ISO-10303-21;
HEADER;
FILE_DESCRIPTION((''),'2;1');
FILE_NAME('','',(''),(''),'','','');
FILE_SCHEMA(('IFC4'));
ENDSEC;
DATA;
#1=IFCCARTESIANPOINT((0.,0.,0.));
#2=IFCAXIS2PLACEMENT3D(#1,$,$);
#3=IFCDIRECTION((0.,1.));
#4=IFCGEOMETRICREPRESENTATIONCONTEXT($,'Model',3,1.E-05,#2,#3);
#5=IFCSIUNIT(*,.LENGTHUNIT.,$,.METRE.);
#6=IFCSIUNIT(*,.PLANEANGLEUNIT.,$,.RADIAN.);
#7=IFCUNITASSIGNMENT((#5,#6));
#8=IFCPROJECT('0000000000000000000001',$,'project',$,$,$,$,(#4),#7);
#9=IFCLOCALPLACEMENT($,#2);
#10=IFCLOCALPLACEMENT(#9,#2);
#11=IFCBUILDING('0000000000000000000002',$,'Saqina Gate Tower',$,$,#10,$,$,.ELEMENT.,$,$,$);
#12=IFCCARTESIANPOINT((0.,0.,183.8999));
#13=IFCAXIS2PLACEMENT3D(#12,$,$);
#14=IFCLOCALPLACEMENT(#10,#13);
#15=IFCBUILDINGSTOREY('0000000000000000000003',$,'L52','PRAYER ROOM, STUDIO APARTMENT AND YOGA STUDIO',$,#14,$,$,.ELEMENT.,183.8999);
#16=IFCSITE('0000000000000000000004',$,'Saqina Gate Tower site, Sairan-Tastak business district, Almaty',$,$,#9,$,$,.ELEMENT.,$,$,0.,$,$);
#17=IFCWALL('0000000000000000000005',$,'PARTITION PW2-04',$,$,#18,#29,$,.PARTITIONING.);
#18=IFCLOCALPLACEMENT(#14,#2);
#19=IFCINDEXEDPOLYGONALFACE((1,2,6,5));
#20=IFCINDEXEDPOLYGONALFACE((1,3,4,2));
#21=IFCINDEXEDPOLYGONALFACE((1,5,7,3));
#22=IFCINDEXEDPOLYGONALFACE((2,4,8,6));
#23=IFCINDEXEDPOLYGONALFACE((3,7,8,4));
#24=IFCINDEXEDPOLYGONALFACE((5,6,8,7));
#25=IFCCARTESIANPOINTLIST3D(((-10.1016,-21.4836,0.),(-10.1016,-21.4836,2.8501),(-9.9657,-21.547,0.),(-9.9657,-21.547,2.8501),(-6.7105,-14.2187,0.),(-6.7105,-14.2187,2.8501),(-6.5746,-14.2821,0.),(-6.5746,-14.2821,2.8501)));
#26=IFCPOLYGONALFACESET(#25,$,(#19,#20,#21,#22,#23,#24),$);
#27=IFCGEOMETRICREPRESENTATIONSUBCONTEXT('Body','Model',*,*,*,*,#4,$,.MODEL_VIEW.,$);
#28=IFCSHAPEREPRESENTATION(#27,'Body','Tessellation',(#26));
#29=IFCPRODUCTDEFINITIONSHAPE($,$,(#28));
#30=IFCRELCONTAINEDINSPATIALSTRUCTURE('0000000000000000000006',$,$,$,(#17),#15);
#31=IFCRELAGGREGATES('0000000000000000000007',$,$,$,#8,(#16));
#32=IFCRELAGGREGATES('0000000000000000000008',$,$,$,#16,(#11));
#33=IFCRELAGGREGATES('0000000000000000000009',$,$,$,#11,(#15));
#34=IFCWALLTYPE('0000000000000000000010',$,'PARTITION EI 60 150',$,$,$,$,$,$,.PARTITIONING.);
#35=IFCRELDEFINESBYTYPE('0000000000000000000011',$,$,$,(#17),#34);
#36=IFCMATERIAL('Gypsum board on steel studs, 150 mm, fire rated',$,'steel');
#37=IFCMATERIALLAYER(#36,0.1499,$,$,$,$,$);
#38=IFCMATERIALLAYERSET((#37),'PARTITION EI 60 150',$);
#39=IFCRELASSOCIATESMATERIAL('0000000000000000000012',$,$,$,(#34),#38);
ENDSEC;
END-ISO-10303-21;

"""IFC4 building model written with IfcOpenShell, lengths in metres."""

from ifc_helpers import new_model, si_unit, direction, frame, frame_2d, origin, place, context, subcontext, project, spatial, rectangle, extrude, material, layer, layer_set, type_object, element, save


model = new_model("IFC4")

# Units and contexts
model_context = context("Model", 3, precision=1e-05, world=origin(), true_north=direction((0.0, 1.0)))
body_context = subcontext(model_context, "Body", "Model", "MODEL_VIEW")
ifc_project = project(units=[si_unit("LENGTHUNIT", "METRE"), si_unit("PLANEANGLEUNIT", "RADIAN")], contexts=[model_context])

# Site, building, storey
site_placement = place(None, origin())
site = spatial("IfcSite", under=ifc_project, at=site_placement, Name="Saqina Gate Tower site, Sairan-Tastak business district, Almaty", CompositionType="ELEMENT", RefElevation=0.0)
building_placement = place(site_placement, origin())
building = spatial("IfcBuilding", under=site, at=building_placement, Name="Saqina Gate Tower", CompositionType="ELEMENT")
storey_placement = place(building_placement, frame((0.0, 0.0, 183.8999)))
storey = spatial("IfcBuildingStorey", under=building, at=storey_placement, Name="L52", Description="PRAYER ROOM, STUDIO APARTMENT AND YOGA STUDIO", CompositionType="ELEMENT", Elevation=183.8999)

# Wall
ifc_material_1 = material(Name="Gypsum board on steel studs, 150 mm, fire rated", Category="steel")
ifc_layer_1 = layer(ifc_material_1, 0.1499)
ifc_layer_set_1 = layer_set([ifc_layer_1], Name="PARTITION EI 60 150")
wall_type_1 = type_object("IfcWallType", Name="PARTITION EI 60 150", PredefinedType="PARTITIONING", material=ifc_layer_set_1)
wall_1_placement = place(storey_placement, frame((-10.0337, -21.5154, 0.0), z_axis=(0.0, 0.0, 1.0), x_axis=(0.42297, 0.906143, 0.0)))
element("IfcWall", 1, at=wall_1_placement, inside=storey, type_object=wall_type_1, Name="PARTITION PW2-04", PredefinedType="PARTITIONING", context=body_context, shape_type="SweptSolid", body=[
    extrude(rectangle(XDim=8.0173, YDim=0.1499, at=frame_2d((4.0088, 0.0))), origin(), (0.0, 0.0, 1.0), 2.8501),
])

save(model, "model.ifc")
